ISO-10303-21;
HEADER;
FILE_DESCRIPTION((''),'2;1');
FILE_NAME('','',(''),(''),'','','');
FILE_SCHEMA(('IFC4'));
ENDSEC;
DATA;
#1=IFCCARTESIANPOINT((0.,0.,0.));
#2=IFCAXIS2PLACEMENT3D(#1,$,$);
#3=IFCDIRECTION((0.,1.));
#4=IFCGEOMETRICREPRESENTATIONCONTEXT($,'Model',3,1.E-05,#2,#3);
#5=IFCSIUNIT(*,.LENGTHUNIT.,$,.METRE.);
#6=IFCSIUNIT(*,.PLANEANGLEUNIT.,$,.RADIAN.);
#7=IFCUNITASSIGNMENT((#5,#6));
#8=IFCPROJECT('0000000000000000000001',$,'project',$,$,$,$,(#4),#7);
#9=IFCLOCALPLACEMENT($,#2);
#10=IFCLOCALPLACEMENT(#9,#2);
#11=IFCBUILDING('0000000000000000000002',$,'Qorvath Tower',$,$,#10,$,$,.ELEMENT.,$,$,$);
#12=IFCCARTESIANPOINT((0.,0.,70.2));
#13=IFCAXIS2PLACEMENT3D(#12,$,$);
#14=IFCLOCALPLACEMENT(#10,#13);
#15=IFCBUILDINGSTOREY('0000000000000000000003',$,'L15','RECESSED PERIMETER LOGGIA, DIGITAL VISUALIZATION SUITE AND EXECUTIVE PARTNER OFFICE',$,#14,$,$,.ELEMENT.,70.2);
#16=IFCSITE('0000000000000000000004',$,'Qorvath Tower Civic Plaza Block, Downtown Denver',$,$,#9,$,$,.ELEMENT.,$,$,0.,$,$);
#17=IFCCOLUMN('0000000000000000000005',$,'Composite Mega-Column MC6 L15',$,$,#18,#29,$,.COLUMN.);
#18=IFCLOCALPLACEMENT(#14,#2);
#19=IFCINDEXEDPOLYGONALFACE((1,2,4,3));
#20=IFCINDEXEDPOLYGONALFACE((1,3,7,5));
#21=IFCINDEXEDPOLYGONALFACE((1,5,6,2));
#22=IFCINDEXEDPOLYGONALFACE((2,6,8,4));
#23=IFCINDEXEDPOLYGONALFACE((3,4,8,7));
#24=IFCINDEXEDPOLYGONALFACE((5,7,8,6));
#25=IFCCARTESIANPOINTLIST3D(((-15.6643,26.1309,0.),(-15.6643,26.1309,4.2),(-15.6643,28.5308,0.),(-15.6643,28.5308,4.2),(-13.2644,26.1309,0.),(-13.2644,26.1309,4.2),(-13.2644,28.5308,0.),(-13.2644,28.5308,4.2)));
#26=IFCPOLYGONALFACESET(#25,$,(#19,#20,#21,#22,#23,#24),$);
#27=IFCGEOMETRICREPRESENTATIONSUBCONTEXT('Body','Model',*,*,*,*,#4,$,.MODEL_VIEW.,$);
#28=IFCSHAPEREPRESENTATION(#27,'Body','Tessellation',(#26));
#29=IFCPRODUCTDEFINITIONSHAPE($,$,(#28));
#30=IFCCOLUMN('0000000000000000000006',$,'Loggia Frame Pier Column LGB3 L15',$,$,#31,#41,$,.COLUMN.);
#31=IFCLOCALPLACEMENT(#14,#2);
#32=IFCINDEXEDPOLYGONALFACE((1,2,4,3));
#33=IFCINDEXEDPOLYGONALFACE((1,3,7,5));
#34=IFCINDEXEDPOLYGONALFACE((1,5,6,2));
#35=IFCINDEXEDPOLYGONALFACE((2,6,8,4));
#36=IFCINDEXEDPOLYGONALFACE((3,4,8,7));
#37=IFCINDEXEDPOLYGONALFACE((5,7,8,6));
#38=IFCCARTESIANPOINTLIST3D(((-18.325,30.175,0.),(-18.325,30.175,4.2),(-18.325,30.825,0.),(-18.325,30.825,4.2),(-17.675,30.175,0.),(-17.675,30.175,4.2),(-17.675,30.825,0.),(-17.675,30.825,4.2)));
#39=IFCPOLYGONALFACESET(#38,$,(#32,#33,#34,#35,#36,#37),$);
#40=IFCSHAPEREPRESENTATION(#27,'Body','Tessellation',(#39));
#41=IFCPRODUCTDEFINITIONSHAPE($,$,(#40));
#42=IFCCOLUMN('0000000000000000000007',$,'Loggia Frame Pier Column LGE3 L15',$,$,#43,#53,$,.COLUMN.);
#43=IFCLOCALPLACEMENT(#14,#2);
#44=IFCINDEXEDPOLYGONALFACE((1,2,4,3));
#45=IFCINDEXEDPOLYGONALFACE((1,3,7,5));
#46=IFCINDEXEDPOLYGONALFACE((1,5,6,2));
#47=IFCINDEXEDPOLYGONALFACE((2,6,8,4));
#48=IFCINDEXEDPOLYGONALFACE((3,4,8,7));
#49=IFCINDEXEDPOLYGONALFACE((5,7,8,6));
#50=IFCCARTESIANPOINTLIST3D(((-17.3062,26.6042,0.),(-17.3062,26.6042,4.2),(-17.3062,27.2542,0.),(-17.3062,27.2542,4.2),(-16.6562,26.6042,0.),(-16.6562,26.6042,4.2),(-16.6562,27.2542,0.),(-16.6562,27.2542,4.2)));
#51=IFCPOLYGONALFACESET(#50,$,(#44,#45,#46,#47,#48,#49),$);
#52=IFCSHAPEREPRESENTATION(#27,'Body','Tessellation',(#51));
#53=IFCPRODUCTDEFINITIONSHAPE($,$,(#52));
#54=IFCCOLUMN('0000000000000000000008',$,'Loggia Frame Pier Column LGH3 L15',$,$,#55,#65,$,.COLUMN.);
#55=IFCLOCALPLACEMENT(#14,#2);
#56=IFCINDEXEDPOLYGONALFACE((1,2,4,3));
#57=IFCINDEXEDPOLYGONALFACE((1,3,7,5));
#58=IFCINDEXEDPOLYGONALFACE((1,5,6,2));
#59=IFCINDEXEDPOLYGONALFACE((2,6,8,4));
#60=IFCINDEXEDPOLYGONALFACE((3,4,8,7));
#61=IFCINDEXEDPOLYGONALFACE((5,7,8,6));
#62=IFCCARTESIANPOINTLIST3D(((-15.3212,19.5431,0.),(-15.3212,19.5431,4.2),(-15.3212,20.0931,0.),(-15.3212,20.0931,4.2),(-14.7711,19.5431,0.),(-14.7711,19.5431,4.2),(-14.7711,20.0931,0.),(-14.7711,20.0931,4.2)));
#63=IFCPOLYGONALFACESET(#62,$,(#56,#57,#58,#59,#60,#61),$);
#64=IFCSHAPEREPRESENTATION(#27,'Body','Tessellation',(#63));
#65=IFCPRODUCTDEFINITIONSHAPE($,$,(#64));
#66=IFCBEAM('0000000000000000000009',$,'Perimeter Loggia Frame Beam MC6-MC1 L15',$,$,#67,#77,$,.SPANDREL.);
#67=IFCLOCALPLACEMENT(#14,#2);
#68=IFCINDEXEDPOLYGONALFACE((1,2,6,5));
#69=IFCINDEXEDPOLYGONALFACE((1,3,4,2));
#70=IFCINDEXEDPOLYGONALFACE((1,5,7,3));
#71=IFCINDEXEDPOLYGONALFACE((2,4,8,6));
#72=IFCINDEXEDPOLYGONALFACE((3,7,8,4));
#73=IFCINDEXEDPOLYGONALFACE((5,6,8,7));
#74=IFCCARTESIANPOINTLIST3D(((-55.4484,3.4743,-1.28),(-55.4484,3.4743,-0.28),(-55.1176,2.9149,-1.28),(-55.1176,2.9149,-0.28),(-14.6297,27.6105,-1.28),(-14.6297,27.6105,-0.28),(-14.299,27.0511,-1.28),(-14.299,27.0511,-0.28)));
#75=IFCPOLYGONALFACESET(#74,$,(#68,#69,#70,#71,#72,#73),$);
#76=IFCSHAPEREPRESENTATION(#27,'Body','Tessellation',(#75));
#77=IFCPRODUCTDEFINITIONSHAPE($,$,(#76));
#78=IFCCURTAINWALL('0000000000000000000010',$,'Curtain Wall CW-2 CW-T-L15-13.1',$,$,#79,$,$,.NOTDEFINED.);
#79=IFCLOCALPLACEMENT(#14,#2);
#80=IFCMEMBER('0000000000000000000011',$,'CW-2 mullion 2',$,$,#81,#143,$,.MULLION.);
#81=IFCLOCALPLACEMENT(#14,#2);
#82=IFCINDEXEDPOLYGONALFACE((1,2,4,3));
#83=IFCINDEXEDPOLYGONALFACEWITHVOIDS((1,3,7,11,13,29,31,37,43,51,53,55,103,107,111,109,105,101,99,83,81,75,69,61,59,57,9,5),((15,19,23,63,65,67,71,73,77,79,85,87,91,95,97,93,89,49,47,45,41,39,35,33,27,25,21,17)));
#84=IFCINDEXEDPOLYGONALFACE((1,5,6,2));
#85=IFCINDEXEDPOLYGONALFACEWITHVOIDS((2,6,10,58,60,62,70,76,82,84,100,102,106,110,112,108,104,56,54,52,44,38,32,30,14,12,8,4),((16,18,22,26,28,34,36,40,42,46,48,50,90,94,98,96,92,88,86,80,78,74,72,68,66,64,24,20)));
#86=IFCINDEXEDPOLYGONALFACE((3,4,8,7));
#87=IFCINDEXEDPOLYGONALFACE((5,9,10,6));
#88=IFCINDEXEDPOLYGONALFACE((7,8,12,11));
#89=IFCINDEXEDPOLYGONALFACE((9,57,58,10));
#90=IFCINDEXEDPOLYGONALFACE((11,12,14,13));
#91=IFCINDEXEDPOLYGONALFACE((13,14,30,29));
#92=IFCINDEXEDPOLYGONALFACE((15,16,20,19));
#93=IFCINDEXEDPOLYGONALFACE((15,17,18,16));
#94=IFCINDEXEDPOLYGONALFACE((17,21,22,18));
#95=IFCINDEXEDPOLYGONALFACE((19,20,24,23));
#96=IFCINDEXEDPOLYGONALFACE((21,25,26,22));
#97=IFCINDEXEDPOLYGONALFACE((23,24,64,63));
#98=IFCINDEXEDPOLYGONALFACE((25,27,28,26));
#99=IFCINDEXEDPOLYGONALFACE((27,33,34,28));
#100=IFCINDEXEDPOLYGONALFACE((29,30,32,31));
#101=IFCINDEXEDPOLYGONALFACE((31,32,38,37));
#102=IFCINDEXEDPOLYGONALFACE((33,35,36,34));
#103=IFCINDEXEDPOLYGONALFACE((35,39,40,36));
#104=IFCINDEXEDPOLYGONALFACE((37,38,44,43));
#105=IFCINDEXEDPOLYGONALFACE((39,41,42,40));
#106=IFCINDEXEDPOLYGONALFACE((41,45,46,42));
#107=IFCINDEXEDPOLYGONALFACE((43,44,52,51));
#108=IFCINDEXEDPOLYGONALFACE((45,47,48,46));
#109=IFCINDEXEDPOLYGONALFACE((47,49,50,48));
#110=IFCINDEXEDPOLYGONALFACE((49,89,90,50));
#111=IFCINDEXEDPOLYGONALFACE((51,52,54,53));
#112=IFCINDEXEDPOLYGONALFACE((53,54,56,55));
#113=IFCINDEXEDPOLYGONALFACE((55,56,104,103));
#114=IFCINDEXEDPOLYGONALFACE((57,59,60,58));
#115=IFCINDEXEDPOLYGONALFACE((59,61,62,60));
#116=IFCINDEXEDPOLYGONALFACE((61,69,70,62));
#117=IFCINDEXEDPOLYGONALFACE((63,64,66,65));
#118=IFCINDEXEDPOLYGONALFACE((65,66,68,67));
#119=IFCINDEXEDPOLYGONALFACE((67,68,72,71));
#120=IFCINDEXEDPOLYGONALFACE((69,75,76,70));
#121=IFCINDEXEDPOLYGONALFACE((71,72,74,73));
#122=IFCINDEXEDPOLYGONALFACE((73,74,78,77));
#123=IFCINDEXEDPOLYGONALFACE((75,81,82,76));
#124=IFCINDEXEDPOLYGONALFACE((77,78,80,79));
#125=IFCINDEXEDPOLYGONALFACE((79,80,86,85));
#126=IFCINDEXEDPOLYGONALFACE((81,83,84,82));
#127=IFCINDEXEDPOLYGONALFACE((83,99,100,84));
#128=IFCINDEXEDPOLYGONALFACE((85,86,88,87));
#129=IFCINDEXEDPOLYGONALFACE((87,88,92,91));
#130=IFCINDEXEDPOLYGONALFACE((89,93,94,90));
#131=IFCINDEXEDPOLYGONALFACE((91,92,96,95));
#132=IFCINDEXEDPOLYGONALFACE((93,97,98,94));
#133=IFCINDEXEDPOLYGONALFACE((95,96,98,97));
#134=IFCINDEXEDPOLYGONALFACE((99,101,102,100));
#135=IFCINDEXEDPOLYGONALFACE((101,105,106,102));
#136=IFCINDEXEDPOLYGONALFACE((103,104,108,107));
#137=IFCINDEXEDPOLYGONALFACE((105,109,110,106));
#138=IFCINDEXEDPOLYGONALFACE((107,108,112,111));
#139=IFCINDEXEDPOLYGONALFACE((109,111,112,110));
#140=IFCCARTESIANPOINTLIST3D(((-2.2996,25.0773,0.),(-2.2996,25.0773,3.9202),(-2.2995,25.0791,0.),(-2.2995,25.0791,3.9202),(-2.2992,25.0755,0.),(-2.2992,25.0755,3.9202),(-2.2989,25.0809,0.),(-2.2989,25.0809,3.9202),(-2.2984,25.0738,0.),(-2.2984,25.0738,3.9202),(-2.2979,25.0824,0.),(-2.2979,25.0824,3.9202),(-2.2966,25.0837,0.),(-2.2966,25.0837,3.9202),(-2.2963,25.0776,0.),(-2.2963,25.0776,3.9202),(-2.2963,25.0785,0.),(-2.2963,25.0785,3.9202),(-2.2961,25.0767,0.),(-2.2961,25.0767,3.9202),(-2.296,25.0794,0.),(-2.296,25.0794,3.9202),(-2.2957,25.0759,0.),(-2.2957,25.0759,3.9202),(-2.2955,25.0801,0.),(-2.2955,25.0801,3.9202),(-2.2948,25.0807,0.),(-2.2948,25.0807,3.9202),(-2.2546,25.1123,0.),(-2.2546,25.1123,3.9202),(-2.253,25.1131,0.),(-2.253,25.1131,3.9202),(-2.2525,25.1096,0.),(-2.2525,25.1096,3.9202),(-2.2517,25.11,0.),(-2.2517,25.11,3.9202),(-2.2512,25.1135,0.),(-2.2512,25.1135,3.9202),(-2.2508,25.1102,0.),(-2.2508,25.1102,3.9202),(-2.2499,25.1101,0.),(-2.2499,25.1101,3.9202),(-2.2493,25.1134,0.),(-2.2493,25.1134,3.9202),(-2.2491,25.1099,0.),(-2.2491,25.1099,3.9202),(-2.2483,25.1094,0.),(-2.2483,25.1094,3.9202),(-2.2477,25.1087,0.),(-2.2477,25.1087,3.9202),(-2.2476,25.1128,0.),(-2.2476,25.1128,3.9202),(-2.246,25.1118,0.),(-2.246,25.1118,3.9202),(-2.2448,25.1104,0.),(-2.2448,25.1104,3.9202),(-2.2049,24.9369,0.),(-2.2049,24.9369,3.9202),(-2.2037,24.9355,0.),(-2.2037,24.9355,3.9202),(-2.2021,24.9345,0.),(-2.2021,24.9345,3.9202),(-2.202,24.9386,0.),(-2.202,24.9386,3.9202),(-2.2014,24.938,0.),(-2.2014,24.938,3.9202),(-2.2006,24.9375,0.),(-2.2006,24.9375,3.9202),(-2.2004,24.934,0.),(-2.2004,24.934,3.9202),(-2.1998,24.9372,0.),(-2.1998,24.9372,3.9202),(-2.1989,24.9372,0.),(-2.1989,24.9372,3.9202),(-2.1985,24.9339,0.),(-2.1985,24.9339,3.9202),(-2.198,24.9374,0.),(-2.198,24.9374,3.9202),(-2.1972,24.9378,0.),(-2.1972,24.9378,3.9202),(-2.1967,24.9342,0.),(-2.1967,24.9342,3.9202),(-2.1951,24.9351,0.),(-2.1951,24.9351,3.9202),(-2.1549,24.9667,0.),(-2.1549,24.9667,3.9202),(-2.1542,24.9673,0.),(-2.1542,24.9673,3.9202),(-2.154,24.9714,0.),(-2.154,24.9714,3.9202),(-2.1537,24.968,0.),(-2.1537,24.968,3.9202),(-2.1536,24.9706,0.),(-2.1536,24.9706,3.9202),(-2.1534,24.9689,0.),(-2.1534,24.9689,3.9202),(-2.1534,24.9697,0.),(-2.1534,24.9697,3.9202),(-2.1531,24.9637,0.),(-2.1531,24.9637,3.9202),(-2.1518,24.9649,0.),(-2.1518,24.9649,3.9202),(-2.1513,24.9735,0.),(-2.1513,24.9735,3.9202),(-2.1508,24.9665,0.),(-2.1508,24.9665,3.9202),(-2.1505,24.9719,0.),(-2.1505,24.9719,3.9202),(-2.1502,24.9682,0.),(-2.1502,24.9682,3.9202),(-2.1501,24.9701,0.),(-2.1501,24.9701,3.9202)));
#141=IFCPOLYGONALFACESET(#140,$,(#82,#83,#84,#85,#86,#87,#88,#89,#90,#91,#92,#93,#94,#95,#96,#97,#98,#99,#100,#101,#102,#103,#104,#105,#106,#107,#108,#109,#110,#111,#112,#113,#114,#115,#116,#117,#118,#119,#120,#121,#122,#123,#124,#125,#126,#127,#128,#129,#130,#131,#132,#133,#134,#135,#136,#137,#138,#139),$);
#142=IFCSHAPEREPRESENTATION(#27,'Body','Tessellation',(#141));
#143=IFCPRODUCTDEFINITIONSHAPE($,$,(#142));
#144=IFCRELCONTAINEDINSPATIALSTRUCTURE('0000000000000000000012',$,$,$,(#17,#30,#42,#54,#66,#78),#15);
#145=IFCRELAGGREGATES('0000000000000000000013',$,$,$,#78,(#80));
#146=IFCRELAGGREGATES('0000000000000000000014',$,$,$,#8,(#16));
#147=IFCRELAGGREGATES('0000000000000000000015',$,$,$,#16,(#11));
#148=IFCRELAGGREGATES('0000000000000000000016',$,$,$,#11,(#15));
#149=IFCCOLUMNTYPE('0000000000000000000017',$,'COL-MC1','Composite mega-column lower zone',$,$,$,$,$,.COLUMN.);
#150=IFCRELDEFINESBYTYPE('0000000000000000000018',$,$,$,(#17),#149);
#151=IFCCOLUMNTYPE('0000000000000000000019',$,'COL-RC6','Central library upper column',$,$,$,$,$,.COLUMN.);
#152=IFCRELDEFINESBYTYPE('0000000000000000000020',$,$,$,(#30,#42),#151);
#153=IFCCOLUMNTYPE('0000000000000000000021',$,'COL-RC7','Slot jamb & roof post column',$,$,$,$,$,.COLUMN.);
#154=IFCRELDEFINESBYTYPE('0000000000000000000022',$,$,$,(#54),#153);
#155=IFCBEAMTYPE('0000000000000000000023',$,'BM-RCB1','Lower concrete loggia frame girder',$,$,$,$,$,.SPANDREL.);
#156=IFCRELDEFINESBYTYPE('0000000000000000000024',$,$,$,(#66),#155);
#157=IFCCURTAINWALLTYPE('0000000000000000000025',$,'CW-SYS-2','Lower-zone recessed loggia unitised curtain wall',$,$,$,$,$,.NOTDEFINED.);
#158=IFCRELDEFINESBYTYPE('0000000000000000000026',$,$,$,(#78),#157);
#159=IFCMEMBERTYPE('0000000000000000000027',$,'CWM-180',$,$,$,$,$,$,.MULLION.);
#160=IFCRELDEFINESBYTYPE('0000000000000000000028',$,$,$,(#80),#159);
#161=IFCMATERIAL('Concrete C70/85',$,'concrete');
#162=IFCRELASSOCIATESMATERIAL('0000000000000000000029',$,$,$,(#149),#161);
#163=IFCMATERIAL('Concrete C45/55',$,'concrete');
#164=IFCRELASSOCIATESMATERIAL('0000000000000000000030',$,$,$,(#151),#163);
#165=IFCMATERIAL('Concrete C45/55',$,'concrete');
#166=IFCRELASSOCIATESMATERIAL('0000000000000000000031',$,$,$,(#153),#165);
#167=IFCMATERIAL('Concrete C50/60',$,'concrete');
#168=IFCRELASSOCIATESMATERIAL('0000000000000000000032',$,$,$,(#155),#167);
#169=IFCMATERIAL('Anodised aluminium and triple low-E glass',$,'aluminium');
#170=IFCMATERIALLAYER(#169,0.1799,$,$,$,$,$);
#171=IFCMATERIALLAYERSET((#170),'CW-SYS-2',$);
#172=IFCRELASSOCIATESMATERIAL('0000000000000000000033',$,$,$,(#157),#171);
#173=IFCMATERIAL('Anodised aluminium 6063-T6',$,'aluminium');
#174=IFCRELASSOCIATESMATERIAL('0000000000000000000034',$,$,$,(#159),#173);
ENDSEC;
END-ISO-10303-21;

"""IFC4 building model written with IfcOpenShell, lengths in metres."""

from ifc_helpers import new_model, si_unit, direction, frame, origin, origin_2d, place, context, subcontext, project, spatial, rectangle, hollow_rectangle, extrude, material, layer, layer_set, material_profile, profile_set, type_object, element, aggregate, save


model = new_model("IFC4")

# Units and contexts
model_context = context("Model", 3, precision=1e-05, world=origin(), true_north=direction((0.0, 1.0)))
body_context = subcontext(model_context, "Body", "Model", "MODEL_VIEW")
ifc_project = project(units=[si_unit("LENGTHUNIT", "METRE"), si_unit("PLANEANGLEUNIT", "RADIAN")], contexts=[model_context])

# Site, building, storey
site_placement = place(None, origin())
site = spatial("IfcSite", under=ifc_project, at=site_placement, Name="Qorvath Tower Civic Plaza Block, Downtown Denver", CompositionType="ELEMENT", RefElevation=0.0)
building_placement = place(site_placement, origin())
building = spatial("IfcBuilding", under=site, at=building_placement, Name="Qorvath Tower", CompositionType="ELEMENT")
storey_placement = place(building_placement, frame((0.0, 0.0, 70.2)))
storey = spatial("IfcBuildingStorey", under=building, at=storey_placement, Name="L15", Description="RECESSED PERIMETER LOGGIA, DIGITAL VISUALIZATION SUITE AND EXECUTIVE PARTNER OFFICE", CompositionType="ELEMENT", Elevation=70.2)

# Columns
ifc_material_1 = material(Name="Concrete C70/85", Category="concrete")
ifc_material_profile_1 = material_profile(ifc_material_1, rectangle(XDim=2.3999, YDim=2.3999, at=origin_2d()), Name="MC 2400x2400")
ifc_profile_set_1 = profile_set([ifc_material_profile_1], Name="Concrete C70/85")
column_type_1 = type_object("IfcColumnType", Name="COL-MC1", Description="Composite mega-column lower zone", PredefinedType="COLUMN", material=ifc_profile_set_1)
column_1_placement = place(storey_placement, frame((-14.4644, 27.3308, 0.0), z_axis=(0.0, 0.0, 1.0), x_axis=(1.0, 0.0, 0.0)))
element("IfcColumn", 1, at=column_1_placement, inside=storey, type_object=column_type_1, Name="Composite Mega-Column MC6 L15", PredefinedType="COLUMN", context=body_context, shape_type="SweptSolid", body=[
    extrude(rectangle(XDim=2.3999, YDim=2.3999, at=origin_2d()), origin(), (0.0, 0.0, 1.0), 4.2),
])
ifc_material_2 = material(Name="Concrete C45/55", Category="concrete")
ifc_material_profile_2 = material_profile(ifc_material_2, rectangle(XDim=0.6499, YDim=0.6499, at=origin_2d()), Name="RC 650x650")
ifc_profile_set_2 = profile_set([ifc_material_profile_2], Name="Concrete C45/55")
column_type_2 = type_object("IfcColumnType", Name="COL-RC6", Description="Central library upper column", PredefinedType="COLUMN", material=ifc_profile_set_2)
for number, where, z_axis, x_axis, name in (
    (2, (-18.0, 30.5, 0.0), (0.0, 0.0, 1.0), (1.0, 0.0, 0.0), "Loggia Frame Pier Column LGB3 L15"),
    (3, (-16.9812, 26.9292, 0.0), (0.0, 0.0, 1.0), (1.0, 0.0, 0.0), "Loggia Frame Pier Column LGE3 L15"),
):
    element("IfcColumn", number, at=place(storey_placement, frame(where, z_axis=z_axis, x_axis=x_axis)), inside=storey, type_object=column_type_2, Name=name, PredefinedType="COLUMN", context=body_context, shape_type="SweptSolid", body=[
        extrude(rectangle(XDim=0.6499, YDim=0.6499, at=origin_2d()), origin(), (0.0, 0.0, 1.0), 4.2),
    ])
ifc_material_3 = material(Name="Concrete C45/55", Category="concrete")
ifc_material_profile_3 = material_profile(ifc_material_3, rectangle(XDim=0.55, YDim=0.55, at=origin_2d()), Name="RC 550x550")
ifc_profile_set_3 = profile_set([ifc_material_profile_3], Name="Concrete C45/55")
column_type_3 = type_object("IfcColumnType", Name="COL-RC7", Description="Slot jamb & roof post column", PredefinedType="COLUMN", material=ifc_profile_set_3)
column_2_placement = place(storey_placement, frame((-15.0461, 19.8181, 0.0), z_axis=(0.0, 0.0, 1.0), x_axis=(1.0, 0.0, 0.0)))
element("IfcColumn", 4, at=column_2_placement, inside=storey, type_object=column_type_3, Name="Loggia Frame Pier Column LGH3 L15", PredefinedType="COLUMN", context=body_context, shape_type="SweptSolid", body=[
    extrude(rectangle(XDim=0.55, YDim=0.55, at=origin_2d()), origin(), (0.0, 0.0, 1.0), 4.2),
])

# Beam
ifc_material_4 = material(Name="Concrete C50/60", Category="concrete")
ifc_material_profile_4 = material_profile(ifc_material_4, rectangle(XDim=0.6499, YDim=1.0, at=origin_2d()), Name="RCB 1000x650")
ifc_profile_set_4 = profile_set([ifc_material_profile_4], Name="Concrete C50/60")
beam_type = type_object("IfcBeamType", Name="BM-RCB1", Description="Lower concrete loggia frame girder", PredefinedType="SPANDREL", material=ifc_profile_set_4)
beam_placement = place(storey_placement, frame((-14.4644, 27.3308, -0.78), z_axis=(-0.860777, -0.508982, 0.0), x_axis=(0.508982, -0.860777, 0.0)))
element("IfcBeam", 5, at=beam_placement, inside=storey, type_object=beam_type, Name="Perimeter Loggia Frame Beam MC6-MC1 L15", PredefinedType="SPANDREL", context=body_context, shape_type="SweptSolid", body=[
    extrude(rectangle(XDim=0.6499, YDim=1.0, at=origin_2d()), origin(), (0.0, 0.0, 1.0), 47.4207),
])

# Curtain wall, member
ifc_material_5 = material(Name="Anodised aluminium and triple low-E glass", Category="aluminium")
ifc_layer_1 = layer(ifc_material_5, 0.1799)
ifc_layer_set_1 = layer_set([ifc_layer_1], Name="CW-SYS-2")
curtain_wall_type = type_object("IfcCurtainWallType", Name="CW-SYS-2", Description="Lower-zone recessed loggia unitised curtain wall", PredefinedType="NOTDEFINED", material=ifc_layer_set_1)
curtain_wall_1_placement = place(storey_placement, origin())
curtain_wall_1 = element("IfcCurtainWall", 6, at=curtain_wall_1_placement, inside=storey, type_object=curtain_wall_type, Name="Curtain Wall CW-2 CW-T-L15-13.1", PredefinedType="NOTDEFINED")
ifc_material_6 = material(Name="Anodised aluminium 6063-T6", Category="aluminium")
ifc_material_profile_5 = material_profile(ifc_material_6, hollow_rectangle(XDim=0.0649, YDim=0.1799, WallThickness=0.0034, InnerFilletRadius=0.0034, OuterFilletRadius=0.0071, at=origin_2d()), Name="CWM 180x65")
ifc_profile_set_5 = profile_set([ifc_material_profile_5], Name="Anodised aluminium 6063-T6")
member_type_1 = type_object("IfcMemberType", Name="CWM-180", PredefinedType="MULLION", material=ifc_profile_set_5)
member_1_placement = place(storey_placement, frame((-2.2249, 25.0237, 0.0), z_axis=(0.0, 0.0, 1.0), x_axis=(-0.825792, -0.563974, 0.0)))
member_1 = element("IfcMember", 7, at=member_1_placement, type_object=member_type_1, Name="CW-2 mullion 2", PredefinedType="MULLION", context=body_context, shape_type="SweptSolid", body=[
    extrude(hollow_rectangle(XDim=0.0649, YDim=0.1799, WallThickness=0.0034, InnerFilletRadius=0.0034, OuterFilletRadius=0.0071, at=origin_2d()), origin(), (0.0, 0.0, 1.0), 3.9202),
])

aggregate(curtain_wall_1, [member_1])

save(model, "model.ifc")
